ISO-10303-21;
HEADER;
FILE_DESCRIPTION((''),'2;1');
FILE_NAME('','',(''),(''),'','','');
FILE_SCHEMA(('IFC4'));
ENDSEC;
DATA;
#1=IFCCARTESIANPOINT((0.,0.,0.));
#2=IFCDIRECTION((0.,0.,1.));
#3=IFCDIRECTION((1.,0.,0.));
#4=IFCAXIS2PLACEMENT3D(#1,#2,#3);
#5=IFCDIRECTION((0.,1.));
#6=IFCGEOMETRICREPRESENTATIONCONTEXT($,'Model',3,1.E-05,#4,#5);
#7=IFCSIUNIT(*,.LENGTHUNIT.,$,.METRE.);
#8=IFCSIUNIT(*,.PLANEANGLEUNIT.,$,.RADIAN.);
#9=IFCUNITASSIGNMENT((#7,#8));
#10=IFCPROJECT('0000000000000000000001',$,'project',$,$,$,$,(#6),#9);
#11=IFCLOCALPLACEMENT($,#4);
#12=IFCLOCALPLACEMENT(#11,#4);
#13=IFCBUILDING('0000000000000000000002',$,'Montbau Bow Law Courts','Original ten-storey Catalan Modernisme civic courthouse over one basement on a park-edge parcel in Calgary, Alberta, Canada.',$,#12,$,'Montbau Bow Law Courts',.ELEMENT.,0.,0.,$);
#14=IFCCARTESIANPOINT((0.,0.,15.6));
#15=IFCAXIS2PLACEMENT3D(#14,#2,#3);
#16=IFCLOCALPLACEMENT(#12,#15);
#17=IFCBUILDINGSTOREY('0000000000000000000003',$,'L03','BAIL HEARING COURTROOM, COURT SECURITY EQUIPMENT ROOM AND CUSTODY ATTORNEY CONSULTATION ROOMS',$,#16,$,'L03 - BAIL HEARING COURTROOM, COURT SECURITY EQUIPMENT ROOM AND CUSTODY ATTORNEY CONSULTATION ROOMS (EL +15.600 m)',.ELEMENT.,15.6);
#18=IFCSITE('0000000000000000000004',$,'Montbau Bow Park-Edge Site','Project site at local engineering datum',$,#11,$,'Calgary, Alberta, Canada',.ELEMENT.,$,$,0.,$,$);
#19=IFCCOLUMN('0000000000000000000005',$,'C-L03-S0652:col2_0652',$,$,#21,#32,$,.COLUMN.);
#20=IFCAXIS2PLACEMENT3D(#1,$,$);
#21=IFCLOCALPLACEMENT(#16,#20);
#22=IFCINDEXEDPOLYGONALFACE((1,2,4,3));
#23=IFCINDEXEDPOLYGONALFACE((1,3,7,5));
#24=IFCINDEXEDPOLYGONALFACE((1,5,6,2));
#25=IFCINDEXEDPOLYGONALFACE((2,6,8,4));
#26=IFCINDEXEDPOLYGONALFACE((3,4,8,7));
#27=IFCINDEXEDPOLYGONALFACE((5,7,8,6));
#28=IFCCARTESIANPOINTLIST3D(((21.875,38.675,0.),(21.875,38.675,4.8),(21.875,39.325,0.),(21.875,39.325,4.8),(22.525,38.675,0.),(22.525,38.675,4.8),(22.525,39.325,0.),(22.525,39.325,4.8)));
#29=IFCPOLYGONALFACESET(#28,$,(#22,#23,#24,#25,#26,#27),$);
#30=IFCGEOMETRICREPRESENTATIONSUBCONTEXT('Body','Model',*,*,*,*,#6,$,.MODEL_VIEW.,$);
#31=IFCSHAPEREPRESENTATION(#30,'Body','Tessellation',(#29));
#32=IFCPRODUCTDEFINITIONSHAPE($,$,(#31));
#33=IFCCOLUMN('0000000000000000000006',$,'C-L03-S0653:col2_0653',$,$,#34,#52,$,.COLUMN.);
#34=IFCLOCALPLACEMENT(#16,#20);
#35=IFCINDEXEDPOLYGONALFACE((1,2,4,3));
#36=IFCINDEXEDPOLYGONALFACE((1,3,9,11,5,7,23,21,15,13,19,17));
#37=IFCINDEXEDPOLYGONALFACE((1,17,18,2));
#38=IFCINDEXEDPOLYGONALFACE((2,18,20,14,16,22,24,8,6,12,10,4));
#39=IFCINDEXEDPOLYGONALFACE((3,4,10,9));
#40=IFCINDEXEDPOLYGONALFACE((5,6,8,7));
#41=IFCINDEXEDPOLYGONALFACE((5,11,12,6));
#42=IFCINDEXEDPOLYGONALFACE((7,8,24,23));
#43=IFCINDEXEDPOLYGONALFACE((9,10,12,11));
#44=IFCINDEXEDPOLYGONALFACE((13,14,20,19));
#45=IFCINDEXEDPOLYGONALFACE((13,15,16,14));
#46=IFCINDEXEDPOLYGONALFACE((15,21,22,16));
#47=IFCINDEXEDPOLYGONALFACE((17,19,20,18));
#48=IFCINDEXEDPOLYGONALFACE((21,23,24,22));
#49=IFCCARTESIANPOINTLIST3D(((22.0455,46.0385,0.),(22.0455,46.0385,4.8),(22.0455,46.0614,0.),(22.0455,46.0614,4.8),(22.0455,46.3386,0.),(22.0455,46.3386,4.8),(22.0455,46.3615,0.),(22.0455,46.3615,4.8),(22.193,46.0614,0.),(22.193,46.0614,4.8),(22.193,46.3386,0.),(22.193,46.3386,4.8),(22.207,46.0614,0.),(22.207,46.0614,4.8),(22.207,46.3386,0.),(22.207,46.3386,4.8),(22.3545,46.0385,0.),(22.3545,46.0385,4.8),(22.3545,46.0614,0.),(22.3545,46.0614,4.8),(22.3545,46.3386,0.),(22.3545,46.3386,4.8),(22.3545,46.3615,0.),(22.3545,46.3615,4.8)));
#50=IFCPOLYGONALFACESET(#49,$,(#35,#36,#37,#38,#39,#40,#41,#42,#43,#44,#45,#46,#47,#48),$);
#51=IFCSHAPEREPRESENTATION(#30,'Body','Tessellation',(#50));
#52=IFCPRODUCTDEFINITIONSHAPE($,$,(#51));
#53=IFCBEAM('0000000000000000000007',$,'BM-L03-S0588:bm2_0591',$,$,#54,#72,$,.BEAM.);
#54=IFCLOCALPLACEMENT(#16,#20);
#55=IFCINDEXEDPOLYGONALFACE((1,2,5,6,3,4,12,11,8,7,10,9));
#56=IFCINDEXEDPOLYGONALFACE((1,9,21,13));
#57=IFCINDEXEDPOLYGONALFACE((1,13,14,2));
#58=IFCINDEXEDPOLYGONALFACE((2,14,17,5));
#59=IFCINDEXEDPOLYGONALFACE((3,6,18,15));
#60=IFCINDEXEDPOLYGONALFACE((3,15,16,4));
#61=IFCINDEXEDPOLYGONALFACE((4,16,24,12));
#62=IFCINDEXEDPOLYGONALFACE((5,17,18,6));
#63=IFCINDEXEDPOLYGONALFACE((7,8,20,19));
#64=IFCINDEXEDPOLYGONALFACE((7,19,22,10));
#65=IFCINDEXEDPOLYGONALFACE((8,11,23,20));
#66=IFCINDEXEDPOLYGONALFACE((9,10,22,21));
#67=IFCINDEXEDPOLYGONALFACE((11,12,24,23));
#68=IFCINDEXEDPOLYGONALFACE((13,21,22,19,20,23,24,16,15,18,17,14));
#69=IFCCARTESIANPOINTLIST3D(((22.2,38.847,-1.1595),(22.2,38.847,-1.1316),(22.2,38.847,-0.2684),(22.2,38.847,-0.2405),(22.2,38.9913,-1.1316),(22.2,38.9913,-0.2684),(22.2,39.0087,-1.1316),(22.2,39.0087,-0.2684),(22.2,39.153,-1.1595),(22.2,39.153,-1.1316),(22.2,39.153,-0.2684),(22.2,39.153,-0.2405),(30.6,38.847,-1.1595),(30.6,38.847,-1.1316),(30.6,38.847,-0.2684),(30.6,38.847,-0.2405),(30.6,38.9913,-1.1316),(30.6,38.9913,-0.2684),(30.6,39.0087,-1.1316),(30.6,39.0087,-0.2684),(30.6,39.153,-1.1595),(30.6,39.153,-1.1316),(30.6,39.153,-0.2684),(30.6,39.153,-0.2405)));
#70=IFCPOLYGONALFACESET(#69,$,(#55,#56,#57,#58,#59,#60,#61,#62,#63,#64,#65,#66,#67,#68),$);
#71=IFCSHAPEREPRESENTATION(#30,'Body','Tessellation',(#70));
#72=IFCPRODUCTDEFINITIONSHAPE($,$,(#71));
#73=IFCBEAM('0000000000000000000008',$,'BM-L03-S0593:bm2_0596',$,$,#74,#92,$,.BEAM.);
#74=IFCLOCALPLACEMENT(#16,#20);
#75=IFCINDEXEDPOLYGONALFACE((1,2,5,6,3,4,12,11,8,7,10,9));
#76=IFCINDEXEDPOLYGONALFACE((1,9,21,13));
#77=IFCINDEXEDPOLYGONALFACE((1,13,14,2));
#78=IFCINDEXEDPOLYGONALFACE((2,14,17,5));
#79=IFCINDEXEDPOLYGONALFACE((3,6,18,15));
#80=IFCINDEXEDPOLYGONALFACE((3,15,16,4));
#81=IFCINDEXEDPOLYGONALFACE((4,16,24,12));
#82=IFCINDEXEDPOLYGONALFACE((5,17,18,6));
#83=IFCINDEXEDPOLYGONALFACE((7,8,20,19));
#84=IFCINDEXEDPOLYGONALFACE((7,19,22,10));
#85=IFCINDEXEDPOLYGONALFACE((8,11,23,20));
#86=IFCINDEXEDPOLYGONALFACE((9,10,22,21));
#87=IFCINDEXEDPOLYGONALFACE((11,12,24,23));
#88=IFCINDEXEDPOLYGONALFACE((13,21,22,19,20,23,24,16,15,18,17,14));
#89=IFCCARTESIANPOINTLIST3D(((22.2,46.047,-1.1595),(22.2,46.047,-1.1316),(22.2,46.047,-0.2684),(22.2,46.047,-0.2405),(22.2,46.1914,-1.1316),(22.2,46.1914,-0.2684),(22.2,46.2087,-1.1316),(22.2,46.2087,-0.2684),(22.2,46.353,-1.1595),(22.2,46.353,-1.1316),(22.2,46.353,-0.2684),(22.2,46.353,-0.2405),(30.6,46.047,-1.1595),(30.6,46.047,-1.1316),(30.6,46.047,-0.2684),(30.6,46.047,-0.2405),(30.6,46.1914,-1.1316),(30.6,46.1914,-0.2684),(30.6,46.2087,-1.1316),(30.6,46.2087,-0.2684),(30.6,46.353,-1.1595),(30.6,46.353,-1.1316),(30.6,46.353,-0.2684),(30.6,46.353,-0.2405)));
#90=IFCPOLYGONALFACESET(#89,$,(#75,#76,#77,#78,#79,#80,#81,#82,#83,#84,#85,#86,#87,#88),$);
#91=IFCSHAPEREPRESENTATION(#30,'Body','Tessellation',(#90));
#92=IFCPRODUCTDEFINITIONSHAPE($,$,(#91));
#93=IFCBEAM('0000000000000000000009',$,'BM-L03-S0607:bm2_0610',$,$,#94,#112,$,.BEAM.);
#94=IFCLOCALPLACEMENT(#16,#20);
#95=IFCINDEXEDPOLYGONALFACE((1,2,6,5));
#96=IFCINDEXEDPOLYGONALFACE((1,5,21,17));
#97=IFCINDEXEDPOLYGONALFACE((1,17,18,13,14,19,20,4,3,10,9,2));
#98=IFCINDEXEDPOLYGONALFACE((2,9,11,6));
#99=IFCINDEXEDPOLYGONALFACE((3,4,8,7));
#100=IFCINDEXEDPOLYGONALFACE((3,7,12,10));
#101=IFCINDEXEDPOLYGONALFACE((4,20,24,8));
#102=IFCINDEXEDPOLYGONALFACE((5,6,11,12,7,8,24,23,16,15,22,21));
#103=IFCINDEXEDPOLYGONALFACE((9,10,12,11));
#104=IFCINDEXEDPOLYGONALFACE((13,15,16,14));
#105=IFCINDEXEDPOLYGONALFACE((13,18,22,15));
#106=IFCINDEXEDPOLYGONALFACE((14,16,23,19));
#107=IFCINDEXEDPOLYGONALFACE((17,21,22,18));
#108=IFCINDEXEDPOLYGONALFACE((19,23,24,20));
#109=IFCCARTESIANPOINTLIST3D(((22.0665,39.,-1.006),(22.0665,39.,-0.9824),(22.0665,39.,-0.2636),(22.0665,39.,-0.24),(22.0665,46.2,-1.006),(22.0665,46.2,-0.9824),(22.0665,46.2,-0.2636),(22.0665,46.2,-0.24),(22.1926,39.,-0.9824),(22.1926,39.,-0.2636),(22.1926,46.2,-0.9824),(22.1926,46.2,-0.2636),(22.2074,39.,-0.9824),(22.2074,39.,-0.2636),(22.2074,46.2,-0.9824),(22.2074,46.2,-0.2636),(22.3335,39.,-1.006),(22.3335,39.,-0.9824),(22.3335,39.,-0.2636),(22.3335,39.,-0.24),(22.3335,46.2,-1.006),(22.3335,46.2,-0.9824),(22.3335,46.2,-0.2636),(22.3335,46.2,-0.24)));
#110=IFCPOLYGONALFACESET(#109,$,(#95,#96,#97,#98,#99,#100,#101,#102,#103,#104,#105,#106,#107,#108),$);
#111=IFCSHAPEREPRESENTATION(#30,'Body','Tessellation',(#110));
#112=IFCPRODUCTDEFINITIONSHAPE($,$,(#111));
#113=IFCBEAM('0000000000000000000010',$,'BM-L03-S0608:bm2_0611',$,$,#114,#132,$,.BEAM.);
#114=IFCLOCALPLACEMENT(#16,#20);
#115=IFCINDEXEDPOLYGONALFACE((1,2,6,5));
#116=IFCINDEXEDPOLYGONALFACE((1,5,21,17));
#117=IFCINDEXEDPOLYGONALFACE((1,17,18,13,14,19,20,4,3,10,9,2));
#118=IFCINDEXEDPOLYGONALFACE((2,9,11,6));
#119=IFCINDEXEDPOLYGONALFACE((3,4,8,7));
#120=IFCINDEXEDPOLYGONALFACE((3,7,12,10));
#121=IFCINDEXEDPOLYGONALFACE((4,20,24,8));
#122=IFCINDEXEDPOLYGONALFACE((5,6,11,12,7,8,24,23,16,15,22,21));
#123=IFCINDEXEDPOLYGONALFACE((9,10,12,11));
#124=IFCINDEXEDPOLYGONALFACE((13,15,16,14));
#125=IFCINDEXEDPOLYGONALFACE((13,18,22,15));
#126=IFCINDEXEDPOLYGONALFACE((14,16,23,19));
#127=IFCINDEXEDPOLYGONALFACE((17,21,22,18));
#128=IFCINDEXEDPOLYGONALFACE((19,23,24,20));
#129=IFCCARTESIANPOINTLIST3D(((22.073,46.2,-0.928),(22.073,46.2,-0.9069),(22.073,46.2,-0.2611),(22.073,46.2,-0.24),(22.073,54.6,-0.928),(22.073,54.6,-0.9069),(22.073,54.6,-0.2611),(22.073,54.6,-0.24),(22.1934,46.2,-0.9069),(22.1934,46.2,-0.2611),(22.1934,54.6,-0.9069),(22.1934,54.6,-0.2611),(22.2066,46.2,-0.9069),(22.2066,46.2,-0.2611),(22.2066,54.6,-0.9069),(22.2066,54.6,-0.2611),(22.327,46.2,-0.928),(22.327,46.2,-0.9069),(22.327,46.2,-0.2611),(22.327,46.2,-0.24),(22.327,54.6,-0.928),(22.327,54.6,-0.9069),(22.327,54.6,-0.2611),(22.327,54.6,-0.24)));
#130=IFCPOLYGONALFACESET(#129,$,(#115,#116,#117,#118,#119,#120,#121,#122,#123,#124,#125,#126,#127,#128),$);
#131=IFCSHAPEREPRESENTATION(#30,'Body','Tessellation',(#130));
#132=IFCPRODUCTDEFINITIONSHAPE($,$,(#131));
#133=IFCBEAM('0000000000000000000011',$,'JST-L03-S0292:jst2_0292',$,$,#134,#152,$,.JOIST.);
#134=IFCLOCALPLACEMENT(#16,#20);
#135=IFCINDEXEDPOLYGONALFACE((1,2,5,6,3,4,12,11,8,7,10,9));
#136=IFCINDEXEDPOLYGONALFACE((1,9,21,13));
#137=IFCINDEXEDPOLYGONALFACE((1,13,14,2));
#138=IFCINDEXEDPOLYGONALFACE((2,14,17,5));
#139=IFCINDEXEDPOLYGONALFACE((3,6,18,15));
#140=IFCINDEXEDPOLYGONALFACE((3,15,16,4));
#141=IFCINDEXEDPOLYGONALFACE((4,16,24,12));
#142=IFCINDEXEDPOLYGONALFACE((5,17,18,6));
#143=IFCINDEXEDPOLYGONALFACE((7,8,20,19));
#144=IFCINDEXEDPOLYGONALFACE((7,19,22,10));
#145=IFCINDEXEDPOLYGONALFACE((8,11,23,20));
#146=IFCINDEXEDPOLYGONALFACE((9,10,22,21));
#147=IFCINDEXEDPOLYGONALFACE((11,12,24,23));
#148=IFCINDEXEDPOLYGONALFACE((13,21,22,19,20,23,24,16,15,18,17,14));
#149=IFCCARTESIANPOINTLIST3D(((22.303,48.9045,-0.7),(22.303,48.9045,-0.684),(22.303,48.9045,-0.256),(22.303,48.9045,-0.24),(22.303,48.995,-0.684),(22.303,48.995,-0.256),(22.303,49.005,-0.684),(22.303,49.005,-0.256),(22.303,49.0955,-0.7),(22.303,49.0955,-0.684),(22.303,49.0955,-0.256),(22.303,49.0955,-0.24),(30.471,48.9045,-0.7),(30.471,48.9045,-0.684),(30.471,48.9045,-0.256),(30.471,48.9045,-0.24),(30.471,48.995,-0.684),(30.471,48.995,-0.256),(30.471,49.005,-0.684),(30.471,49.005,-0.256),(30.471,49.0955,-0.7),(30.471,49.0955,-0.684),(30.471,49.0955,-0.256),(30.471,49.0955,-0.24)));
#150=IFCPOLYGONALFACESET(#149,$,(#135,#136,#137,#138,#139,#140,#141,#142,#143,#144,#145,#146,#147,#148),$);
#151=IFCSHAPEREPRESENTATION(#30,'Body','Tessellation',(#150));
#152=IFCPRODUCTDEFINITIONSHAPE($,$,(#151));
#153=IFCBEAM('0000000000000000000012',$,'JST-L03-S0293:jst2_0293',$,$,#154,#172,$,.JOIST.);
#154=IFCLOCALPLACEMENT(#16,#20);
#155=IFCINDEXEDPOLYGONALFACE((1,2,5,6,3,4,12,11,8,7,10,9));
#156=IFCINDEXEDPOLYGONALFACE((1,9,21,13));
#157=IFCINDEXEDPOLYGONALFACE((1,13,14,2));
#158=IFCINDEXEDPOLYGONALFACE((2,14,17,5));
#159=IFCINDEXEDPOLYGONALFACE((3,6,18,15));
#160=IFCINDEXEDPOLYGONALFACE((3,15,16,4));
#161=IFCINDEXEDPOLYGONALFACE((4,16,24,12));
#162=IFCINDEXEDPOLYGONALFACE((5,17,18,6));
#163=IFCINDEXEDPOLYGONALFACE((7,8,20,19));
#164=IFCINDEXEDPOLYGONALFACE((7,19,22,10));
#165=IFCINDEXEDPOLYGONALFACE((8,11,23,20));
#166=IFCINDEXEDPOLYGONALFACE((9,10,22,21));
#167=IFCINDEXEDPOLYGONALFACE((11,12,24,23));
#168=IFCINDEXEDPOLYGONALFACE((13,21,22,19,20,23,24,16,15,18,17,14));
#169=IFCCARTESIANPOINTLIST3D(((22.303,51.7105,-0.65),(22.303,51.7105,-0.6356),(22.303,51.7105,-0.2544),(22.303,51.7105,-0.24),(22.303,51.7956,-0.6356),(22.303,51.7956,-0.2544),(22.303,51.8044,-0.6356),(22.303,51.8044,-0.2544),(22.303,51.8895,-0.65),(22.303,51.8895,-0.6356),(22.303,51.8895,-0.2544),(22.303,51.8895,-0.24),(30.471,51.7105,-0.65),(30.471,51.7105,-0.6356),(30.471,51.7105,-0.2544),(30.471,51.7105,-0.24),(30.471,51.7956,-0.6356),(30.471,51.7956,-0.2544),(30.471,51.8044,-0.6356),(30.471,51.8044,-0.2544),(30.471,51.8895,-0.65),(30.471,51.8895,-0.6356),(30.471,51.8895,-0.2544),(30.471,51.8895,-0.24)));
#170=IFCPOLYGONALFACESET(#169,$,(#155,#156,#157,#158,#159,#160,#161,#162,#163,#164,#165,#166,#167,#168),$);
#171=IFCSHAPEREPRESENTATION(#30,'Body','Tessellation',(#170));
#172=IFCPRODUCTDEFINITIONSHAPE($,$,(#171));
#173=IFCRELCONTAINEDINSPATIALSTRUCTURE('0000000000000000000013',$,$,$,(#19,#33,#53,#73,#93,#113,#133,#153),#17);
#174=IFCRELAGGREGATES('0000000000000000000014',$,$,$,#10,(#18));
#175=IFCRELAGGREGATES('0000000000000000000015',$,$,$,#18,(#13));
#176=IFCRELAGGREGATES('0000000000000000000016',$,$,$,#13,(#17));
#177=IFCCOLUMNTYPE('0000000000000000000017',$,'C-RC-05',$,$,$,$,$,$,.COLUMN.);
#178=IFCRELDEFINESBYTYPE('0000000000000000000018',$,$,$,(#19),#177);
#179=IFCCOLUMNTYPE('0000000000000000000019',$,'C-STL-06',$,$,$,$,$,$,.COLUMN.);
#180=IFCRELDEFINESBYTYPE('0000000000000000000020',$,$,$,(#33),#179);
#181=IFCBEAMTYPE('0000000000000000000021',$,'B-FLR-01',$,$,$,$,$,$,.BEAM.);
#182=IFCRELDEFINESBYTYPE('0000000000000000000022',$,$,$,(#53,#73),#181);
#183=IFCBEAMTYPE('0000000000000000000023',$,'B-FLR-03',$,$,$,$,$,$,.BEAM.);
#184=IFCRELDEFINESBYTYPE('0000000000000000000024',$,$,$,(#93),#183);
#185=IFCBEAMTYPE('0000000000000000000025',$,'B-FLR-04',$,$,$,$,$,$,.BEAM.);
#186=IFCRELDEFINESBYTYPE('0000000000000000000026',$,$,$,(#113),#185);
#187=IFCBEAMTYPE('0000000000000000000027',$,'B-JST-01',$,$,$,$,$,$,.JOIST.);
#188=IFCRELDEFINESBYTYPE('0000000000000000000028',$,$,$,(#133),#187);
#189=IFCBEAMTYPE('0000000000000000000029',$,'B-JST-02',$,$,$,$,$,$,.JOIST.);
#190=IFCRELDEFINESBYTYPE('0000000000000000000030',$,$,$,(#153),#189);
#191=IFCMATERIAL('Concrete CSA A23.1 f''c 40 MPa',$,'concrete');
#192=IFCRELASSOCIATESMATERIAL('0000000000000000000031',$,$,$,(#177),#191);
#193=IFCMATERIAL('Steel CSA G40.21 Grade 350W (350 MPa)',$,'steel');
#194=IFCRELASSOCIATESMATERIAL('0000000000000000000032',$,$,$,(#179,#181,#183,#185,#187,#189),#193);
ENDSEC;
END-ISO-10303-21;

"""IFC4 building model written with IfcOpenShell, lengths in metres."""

from ifc_helpers import new_model, si_unit, direction, frame, origin_with_axes, origin_2d_with_axis, place, context, subcontext, project, spatial, rectangle, i_section, extrude, material, material_profile, profile_set, type_object, element, save


model = new_model("IFC4")

# Units and contexts
model_context = context("Model", 3, precision=1e-05, world=origin_with_axes(), true_north=direction((0.0, 1.0)))
body_context = subcontext(model_context, "Body", "Model", "MODEL_VIEW")
ifc_project = project(units=[si_unit("LENGTHUNIT", "METRE"), si_unit("PLANEANGLEUNIT", "RADIAN")], contexts=[model_context])

# Site, building, storey
site_placement = place(None, origin_with_axes())
site = spatial("IfcSite", under=ifc_project, at=site_placement, Name="Montbau Bow Park-Edge Site", Description="Project site at local engineering datum", LongName="Calgary, Alberta, Canada", CompositionType="ELEMENT", RefElevation=0.0)
building_placement = place(site_placement, origin_with_axes())
building = spatial("IfcBuilding", under=site, at=building_placement, Name="Montbau Bow Law Courts", Description="Original ten-storey Catalan Modernisme civic courthouse over one basement on a park-edge parcel in Calgary, Alberta, Canada.", LongName="Montbau Bow Law Courts", CompositionType="ELEMENT", ElevationOfRefHeight=0.0, ElevationOfTerrain=0.0)
storey_placement = place(building_placement, frame((0.0, 0.0, 15.6), z_axis=(0.0, 0.0, 1.0), x_axis=(1.0, 0.0, 0.0)))
storey = spatial("IfcBuildingStorey", under=building, at=storey_placement, Name="L03", Description="BAIL HEARING COURTROOM, COURT SECURITY EQUIPMENT ROOM AND CUSTODY ATTORNEY CONSULTATION ROOMS", LongName="L03 - BAIL HEARING COURTROOM, COURT SECURITY EQUIPMENT ROOM AND CUSTODY ATTORNEY CONSULTATION ROOMS (EL +15.600 m)", CompositionType="ELEMENT", Elevation=15.6)

# Columns
ifc_material_1 = material(Name="Concrete CSA A23.1 f'c 40 MPa", Category="concrete")
ifc_material_profile_1 = material_profile(ifc_material_1, rectangle(XDim=0.65, YDim=0.65, at=origin_2d_with_axis()), Name="RC650X650", Category="Main", Priority=0)
ifc_profile_set_1 = profile_set([ifc_material_profile_1], Name="Concrete CSA A23.1 f'c 40 MPa")
column_type_1 = type_object("IfcColumnType", Name="C-RC-05", PredefinedType="COLUMN", material=ifc_profile_set_1)
column_1_placement = place(None, frame((22.2, 39.0, 15.6), z_axis=(0.0, 0.0, 1.0), x_axis=(1.0, 0.0, 0.0)))
element("IfcColumn", 1, at=column_1_placement, inside=storey, type_object=column_type_1, Name="C-L03-S0652:col2_0652", PredefinedType="COLUMN", context=body_context, shape_type="SweptSolid", body=[
    extrude(rectangle(XDim=0.65, YDim=0.65, at=origin_2d_with_axis()), origin_with_axes(), (0.0, 0.0, 1.0), 4.8),
])
ifc_material_2 = material(Name="Steel CSA G40.21 Grade 350W (350 MPa)", Category="steel")
ifc_material_profile_2 = material_profile(ifc_material_2, i_section(OverallWidth=0.309, OverallDepth=0.323, WebThickness=0.014, FlangeThickness=0.0229, at=origin_2d_with_axis()), Name="W310X143", Category="Main", Priority=0)
ifc_profile_set_2 = profile_set([ifc_material_profile_2], Name="Steel CSA G40.21 Grade 350W (350 MPa)")
column_type_2 = type_object("IfcColumnType", Name="C-STL-06", PredefinedType="COLUMN", material=ifc_profile_set_2)
column_2_placement = place(None, frame((22.2, 46.2, 15.6), z_axis=(0.0, 0.0, 1.0), x_axis=(1.0, 0.0, 0.0)))
element("IfcColumn", 2, at=column_2_placement, inside=storey, type_object=column_type_2, Name="C-L03-S0653:col2_0653", PredefinedType="COLUMN", context=body_context, shape_type="SweptSolid", body=[
    extrude(i_section(OverallWidth=0.309, OverallDepth=0.323, WebThickness=0.014, FlangeThickness=0.0229, at=origin_2d_with_axis()), origin_with_axes(), (0.0, 0.0, 1.0), 4.8),
])

# Beams
ifc_material_profile_3 = material_profile(ifc_material_2, i_section(OverallWidth=0.306, OverallDepth=0.919, WebThickness=0.0173, FlangeThickness=0.0279, at=origin_2d_with_axis()), Name="W920X253", Category="Main", Priority=0)
ifc_profile_set_3 = profile_set([ifc_material_profile_3], Name="Steel CSA G40.21 Grade 350W (350 MPa)")
beam_type_1 = type_object("IfcBeamType", Name="B-FLR-01", PredefinedType="BEAM", material=ifc_profile_set_3)
for number, where, z_axis, x_axis, name in (
    (3, (22.2, 39.0, 14.9), (1.0, 0.0, 0.0), (0.0, 1.0, 0.0), "BM-L03-S0588:bm2_0591"),
    (4, (22.2, 46.2, 14.9), (1.0, 0.0, 0.0), (0.0, 1.0, 0.0), "BM-L03-S0593:bm2_0596"),
):
    element("IfcBeam", number, at=place(None, frame(where, z_axis=z_axis, x_axis=x_axis)), inside=storey, type_object=beam_type_1, Name=name, PredefinedType="BEAM", context=body_context, shape_type="SweptSolid", body=[
        extrude(i_section(OverallWidth=0.306, OverallDepth=0.919, WebThickness=0.0173, FlangeThickness=0.0279, at=origin_2d_with_axis()), origin_with_axes(), (0.0, 0.0, 1.0), 8.4),
    ])
ifc_material_profile_4 = material_profile(ifc_material_2, i_section(OverallWidth=0.267, OverallDepth=0.766, WebThickness=0.0149, FlangeThickness=0.0236, at=origin_2d_with_axis()), Name="W760X185", Category="Main", Priority=0)
ifc_profile_set_4 = profile_set([ifc_material_profile_4], Name="Steel CSA G40.21 Grade 350W (350 MPa)")
beam_type_2 = type_object("IfcBeamType", Name="B-FLR-03", PredefinedType="BEAM", material=ifc_profile_set_4)
beam_1_placement = place(None, frame((22.2, 39.0, 14.977), z_axis=(0.0, 1.0, 0.0), x_axis=(-1.0, 0.0, 0.0)))
element("IfcBeam", 5, at=beam_1_placement, inside=storey, type_object=beam_type_2, Name="BM-L03-S0607:bm2_0610", PredefinedType="BEAM", context=body_context, shape_type="SweptSolid", body=[
    extrude(i_section(OverallWidth=0.267, OverallDepth=0.766, WebThickness=0.0149, FlangeThickness=0.0236, at=origin_2d_with_axis()), origin_with_axes(), (0.0, 0.0, 1.0), 7.2),
])
ifc_material_profile_5 = material_profile(ifc_material_2, i_section(OverallWidth=0.254, OverallDepth=0.688, WebThickness=0.0131, FlangeThickness=0.0211, at=origin_2d_with_axis()), Name="W690X152", Category="Main", Priority=0)
ifc_profile_set_5 = profile_set([ifc_material_profile_5], Name="Steel CSA G40.21 Grade 350W (350 MPa)")
beam_type_3 = type_object("IfcBeamType", Name="B-FLR-04", PredefinedType="BEAM", material=ifc_profile_set_5)
beam_2_placement = place(None, frame((22.2, 46.2, 15.016), z_axis=(0.0, 1.0, 0.0), x_axis=(-1.0, 0.0, 0.0)))
element("IfcBeam", 6, at=beam_2_placement, inside=storey, type_object=beam_type_3, Name="BM-L03-S0608:bm2_0611", PredefinedType="BEAM", context=body_context, shape_type="SweptSolid", body=[
    extrude(i_section(OverallWidth=0.254, OverallDepth=0.688, WebThickness=0.0131, FlangeThickness=0.0211, at=origin_2d_with_axis()), origin_with_axes(), (0.0, 0.0, 1.0), 8.4),
])
ifc_material_profile_6 = material_profile(ifc_material_2, i_section(OverallWidth=0.191, OverallDepth=0.46, WebThickness=0.0099, FlangeThickness=0.016, at=origin_2d_with_axis()), Name="W460X82", Category="Main", Priority=0)
ifc_profile_set_6 = profile_set([ifc_material_profile_6], Name="Steel CSA G40.21 Grade 350W (350 MPa)")
beam_type_4 = type_object("IfcBeamType", Name="B-JST-01", PredefinedType="JOIST", material=ifc_profile_set_6)
beam_3_placement = place(None, frame((22.303, 49.0, 15.13), z_axis=(1.0, 0.0, 0.0), x_axis=(0.0, 1.0, 0.0)))
element("IfcBeam", 7, at=beam_3_placement, inside=storey, type_object=beam_type_4, Name="JST-L03-S0292:jst2_0292", PredefinedType="JOIST", context=body_context, shape_type="SweptSolid", body=[
    extrude(i_section(OverallWidth=0.191, OverallDepth=0.46, WebThickness=0.0099, FlangeThickness=0.016, at=origin_2d_with_axis()), origin_with_axes(), (0.0, 0.0, 1.0), 8.168),
])
ifc_material_profile_7 = material_profile(ifc_material_2, i_section(OverallWidth=0.179, OverallDepth=0.41, WebThickness=0.0088, FlangeThickness=0.0144, at=origin_2d_with_axis()), Name="W410X67", Category="Main", Priority=0)
ifc_profile_set_7 = profile_set([ifc_material_profile_7], Name="Steel CSA G40.21 Grade 350W (350 MPa)")
beam_type_5 = type_object("IfcBeamType", Name="B-JST-02", PredefinedType="JOIST", material=ifc_profile_set_7)
beam_4_placement = place(None, frame((22.303, 51.8, 15.155), z_axis=(1.0, 0.0, 0.0), x_axis=(0.0, 1.0, 0.0)))
element("IfcBeam", 8, at=beam_4_placement, inside=storey, type_object=beam_type_5, Name="JST-L03-S0293:jst2_0293", PredefinedType="JOIST", context=body_context, shape_type="SweptSolid", body=[
    extrude(i_section(OverallWidth=0.179, OverallDepth=0.41, WebThickness=0.0088, FlangeThickness=0.0144, at=origin_2d_with_axis()), origin_with_axes(), (0.0, 0.0, 1.0), 8.168),
])

save(model, "model.ifc")
